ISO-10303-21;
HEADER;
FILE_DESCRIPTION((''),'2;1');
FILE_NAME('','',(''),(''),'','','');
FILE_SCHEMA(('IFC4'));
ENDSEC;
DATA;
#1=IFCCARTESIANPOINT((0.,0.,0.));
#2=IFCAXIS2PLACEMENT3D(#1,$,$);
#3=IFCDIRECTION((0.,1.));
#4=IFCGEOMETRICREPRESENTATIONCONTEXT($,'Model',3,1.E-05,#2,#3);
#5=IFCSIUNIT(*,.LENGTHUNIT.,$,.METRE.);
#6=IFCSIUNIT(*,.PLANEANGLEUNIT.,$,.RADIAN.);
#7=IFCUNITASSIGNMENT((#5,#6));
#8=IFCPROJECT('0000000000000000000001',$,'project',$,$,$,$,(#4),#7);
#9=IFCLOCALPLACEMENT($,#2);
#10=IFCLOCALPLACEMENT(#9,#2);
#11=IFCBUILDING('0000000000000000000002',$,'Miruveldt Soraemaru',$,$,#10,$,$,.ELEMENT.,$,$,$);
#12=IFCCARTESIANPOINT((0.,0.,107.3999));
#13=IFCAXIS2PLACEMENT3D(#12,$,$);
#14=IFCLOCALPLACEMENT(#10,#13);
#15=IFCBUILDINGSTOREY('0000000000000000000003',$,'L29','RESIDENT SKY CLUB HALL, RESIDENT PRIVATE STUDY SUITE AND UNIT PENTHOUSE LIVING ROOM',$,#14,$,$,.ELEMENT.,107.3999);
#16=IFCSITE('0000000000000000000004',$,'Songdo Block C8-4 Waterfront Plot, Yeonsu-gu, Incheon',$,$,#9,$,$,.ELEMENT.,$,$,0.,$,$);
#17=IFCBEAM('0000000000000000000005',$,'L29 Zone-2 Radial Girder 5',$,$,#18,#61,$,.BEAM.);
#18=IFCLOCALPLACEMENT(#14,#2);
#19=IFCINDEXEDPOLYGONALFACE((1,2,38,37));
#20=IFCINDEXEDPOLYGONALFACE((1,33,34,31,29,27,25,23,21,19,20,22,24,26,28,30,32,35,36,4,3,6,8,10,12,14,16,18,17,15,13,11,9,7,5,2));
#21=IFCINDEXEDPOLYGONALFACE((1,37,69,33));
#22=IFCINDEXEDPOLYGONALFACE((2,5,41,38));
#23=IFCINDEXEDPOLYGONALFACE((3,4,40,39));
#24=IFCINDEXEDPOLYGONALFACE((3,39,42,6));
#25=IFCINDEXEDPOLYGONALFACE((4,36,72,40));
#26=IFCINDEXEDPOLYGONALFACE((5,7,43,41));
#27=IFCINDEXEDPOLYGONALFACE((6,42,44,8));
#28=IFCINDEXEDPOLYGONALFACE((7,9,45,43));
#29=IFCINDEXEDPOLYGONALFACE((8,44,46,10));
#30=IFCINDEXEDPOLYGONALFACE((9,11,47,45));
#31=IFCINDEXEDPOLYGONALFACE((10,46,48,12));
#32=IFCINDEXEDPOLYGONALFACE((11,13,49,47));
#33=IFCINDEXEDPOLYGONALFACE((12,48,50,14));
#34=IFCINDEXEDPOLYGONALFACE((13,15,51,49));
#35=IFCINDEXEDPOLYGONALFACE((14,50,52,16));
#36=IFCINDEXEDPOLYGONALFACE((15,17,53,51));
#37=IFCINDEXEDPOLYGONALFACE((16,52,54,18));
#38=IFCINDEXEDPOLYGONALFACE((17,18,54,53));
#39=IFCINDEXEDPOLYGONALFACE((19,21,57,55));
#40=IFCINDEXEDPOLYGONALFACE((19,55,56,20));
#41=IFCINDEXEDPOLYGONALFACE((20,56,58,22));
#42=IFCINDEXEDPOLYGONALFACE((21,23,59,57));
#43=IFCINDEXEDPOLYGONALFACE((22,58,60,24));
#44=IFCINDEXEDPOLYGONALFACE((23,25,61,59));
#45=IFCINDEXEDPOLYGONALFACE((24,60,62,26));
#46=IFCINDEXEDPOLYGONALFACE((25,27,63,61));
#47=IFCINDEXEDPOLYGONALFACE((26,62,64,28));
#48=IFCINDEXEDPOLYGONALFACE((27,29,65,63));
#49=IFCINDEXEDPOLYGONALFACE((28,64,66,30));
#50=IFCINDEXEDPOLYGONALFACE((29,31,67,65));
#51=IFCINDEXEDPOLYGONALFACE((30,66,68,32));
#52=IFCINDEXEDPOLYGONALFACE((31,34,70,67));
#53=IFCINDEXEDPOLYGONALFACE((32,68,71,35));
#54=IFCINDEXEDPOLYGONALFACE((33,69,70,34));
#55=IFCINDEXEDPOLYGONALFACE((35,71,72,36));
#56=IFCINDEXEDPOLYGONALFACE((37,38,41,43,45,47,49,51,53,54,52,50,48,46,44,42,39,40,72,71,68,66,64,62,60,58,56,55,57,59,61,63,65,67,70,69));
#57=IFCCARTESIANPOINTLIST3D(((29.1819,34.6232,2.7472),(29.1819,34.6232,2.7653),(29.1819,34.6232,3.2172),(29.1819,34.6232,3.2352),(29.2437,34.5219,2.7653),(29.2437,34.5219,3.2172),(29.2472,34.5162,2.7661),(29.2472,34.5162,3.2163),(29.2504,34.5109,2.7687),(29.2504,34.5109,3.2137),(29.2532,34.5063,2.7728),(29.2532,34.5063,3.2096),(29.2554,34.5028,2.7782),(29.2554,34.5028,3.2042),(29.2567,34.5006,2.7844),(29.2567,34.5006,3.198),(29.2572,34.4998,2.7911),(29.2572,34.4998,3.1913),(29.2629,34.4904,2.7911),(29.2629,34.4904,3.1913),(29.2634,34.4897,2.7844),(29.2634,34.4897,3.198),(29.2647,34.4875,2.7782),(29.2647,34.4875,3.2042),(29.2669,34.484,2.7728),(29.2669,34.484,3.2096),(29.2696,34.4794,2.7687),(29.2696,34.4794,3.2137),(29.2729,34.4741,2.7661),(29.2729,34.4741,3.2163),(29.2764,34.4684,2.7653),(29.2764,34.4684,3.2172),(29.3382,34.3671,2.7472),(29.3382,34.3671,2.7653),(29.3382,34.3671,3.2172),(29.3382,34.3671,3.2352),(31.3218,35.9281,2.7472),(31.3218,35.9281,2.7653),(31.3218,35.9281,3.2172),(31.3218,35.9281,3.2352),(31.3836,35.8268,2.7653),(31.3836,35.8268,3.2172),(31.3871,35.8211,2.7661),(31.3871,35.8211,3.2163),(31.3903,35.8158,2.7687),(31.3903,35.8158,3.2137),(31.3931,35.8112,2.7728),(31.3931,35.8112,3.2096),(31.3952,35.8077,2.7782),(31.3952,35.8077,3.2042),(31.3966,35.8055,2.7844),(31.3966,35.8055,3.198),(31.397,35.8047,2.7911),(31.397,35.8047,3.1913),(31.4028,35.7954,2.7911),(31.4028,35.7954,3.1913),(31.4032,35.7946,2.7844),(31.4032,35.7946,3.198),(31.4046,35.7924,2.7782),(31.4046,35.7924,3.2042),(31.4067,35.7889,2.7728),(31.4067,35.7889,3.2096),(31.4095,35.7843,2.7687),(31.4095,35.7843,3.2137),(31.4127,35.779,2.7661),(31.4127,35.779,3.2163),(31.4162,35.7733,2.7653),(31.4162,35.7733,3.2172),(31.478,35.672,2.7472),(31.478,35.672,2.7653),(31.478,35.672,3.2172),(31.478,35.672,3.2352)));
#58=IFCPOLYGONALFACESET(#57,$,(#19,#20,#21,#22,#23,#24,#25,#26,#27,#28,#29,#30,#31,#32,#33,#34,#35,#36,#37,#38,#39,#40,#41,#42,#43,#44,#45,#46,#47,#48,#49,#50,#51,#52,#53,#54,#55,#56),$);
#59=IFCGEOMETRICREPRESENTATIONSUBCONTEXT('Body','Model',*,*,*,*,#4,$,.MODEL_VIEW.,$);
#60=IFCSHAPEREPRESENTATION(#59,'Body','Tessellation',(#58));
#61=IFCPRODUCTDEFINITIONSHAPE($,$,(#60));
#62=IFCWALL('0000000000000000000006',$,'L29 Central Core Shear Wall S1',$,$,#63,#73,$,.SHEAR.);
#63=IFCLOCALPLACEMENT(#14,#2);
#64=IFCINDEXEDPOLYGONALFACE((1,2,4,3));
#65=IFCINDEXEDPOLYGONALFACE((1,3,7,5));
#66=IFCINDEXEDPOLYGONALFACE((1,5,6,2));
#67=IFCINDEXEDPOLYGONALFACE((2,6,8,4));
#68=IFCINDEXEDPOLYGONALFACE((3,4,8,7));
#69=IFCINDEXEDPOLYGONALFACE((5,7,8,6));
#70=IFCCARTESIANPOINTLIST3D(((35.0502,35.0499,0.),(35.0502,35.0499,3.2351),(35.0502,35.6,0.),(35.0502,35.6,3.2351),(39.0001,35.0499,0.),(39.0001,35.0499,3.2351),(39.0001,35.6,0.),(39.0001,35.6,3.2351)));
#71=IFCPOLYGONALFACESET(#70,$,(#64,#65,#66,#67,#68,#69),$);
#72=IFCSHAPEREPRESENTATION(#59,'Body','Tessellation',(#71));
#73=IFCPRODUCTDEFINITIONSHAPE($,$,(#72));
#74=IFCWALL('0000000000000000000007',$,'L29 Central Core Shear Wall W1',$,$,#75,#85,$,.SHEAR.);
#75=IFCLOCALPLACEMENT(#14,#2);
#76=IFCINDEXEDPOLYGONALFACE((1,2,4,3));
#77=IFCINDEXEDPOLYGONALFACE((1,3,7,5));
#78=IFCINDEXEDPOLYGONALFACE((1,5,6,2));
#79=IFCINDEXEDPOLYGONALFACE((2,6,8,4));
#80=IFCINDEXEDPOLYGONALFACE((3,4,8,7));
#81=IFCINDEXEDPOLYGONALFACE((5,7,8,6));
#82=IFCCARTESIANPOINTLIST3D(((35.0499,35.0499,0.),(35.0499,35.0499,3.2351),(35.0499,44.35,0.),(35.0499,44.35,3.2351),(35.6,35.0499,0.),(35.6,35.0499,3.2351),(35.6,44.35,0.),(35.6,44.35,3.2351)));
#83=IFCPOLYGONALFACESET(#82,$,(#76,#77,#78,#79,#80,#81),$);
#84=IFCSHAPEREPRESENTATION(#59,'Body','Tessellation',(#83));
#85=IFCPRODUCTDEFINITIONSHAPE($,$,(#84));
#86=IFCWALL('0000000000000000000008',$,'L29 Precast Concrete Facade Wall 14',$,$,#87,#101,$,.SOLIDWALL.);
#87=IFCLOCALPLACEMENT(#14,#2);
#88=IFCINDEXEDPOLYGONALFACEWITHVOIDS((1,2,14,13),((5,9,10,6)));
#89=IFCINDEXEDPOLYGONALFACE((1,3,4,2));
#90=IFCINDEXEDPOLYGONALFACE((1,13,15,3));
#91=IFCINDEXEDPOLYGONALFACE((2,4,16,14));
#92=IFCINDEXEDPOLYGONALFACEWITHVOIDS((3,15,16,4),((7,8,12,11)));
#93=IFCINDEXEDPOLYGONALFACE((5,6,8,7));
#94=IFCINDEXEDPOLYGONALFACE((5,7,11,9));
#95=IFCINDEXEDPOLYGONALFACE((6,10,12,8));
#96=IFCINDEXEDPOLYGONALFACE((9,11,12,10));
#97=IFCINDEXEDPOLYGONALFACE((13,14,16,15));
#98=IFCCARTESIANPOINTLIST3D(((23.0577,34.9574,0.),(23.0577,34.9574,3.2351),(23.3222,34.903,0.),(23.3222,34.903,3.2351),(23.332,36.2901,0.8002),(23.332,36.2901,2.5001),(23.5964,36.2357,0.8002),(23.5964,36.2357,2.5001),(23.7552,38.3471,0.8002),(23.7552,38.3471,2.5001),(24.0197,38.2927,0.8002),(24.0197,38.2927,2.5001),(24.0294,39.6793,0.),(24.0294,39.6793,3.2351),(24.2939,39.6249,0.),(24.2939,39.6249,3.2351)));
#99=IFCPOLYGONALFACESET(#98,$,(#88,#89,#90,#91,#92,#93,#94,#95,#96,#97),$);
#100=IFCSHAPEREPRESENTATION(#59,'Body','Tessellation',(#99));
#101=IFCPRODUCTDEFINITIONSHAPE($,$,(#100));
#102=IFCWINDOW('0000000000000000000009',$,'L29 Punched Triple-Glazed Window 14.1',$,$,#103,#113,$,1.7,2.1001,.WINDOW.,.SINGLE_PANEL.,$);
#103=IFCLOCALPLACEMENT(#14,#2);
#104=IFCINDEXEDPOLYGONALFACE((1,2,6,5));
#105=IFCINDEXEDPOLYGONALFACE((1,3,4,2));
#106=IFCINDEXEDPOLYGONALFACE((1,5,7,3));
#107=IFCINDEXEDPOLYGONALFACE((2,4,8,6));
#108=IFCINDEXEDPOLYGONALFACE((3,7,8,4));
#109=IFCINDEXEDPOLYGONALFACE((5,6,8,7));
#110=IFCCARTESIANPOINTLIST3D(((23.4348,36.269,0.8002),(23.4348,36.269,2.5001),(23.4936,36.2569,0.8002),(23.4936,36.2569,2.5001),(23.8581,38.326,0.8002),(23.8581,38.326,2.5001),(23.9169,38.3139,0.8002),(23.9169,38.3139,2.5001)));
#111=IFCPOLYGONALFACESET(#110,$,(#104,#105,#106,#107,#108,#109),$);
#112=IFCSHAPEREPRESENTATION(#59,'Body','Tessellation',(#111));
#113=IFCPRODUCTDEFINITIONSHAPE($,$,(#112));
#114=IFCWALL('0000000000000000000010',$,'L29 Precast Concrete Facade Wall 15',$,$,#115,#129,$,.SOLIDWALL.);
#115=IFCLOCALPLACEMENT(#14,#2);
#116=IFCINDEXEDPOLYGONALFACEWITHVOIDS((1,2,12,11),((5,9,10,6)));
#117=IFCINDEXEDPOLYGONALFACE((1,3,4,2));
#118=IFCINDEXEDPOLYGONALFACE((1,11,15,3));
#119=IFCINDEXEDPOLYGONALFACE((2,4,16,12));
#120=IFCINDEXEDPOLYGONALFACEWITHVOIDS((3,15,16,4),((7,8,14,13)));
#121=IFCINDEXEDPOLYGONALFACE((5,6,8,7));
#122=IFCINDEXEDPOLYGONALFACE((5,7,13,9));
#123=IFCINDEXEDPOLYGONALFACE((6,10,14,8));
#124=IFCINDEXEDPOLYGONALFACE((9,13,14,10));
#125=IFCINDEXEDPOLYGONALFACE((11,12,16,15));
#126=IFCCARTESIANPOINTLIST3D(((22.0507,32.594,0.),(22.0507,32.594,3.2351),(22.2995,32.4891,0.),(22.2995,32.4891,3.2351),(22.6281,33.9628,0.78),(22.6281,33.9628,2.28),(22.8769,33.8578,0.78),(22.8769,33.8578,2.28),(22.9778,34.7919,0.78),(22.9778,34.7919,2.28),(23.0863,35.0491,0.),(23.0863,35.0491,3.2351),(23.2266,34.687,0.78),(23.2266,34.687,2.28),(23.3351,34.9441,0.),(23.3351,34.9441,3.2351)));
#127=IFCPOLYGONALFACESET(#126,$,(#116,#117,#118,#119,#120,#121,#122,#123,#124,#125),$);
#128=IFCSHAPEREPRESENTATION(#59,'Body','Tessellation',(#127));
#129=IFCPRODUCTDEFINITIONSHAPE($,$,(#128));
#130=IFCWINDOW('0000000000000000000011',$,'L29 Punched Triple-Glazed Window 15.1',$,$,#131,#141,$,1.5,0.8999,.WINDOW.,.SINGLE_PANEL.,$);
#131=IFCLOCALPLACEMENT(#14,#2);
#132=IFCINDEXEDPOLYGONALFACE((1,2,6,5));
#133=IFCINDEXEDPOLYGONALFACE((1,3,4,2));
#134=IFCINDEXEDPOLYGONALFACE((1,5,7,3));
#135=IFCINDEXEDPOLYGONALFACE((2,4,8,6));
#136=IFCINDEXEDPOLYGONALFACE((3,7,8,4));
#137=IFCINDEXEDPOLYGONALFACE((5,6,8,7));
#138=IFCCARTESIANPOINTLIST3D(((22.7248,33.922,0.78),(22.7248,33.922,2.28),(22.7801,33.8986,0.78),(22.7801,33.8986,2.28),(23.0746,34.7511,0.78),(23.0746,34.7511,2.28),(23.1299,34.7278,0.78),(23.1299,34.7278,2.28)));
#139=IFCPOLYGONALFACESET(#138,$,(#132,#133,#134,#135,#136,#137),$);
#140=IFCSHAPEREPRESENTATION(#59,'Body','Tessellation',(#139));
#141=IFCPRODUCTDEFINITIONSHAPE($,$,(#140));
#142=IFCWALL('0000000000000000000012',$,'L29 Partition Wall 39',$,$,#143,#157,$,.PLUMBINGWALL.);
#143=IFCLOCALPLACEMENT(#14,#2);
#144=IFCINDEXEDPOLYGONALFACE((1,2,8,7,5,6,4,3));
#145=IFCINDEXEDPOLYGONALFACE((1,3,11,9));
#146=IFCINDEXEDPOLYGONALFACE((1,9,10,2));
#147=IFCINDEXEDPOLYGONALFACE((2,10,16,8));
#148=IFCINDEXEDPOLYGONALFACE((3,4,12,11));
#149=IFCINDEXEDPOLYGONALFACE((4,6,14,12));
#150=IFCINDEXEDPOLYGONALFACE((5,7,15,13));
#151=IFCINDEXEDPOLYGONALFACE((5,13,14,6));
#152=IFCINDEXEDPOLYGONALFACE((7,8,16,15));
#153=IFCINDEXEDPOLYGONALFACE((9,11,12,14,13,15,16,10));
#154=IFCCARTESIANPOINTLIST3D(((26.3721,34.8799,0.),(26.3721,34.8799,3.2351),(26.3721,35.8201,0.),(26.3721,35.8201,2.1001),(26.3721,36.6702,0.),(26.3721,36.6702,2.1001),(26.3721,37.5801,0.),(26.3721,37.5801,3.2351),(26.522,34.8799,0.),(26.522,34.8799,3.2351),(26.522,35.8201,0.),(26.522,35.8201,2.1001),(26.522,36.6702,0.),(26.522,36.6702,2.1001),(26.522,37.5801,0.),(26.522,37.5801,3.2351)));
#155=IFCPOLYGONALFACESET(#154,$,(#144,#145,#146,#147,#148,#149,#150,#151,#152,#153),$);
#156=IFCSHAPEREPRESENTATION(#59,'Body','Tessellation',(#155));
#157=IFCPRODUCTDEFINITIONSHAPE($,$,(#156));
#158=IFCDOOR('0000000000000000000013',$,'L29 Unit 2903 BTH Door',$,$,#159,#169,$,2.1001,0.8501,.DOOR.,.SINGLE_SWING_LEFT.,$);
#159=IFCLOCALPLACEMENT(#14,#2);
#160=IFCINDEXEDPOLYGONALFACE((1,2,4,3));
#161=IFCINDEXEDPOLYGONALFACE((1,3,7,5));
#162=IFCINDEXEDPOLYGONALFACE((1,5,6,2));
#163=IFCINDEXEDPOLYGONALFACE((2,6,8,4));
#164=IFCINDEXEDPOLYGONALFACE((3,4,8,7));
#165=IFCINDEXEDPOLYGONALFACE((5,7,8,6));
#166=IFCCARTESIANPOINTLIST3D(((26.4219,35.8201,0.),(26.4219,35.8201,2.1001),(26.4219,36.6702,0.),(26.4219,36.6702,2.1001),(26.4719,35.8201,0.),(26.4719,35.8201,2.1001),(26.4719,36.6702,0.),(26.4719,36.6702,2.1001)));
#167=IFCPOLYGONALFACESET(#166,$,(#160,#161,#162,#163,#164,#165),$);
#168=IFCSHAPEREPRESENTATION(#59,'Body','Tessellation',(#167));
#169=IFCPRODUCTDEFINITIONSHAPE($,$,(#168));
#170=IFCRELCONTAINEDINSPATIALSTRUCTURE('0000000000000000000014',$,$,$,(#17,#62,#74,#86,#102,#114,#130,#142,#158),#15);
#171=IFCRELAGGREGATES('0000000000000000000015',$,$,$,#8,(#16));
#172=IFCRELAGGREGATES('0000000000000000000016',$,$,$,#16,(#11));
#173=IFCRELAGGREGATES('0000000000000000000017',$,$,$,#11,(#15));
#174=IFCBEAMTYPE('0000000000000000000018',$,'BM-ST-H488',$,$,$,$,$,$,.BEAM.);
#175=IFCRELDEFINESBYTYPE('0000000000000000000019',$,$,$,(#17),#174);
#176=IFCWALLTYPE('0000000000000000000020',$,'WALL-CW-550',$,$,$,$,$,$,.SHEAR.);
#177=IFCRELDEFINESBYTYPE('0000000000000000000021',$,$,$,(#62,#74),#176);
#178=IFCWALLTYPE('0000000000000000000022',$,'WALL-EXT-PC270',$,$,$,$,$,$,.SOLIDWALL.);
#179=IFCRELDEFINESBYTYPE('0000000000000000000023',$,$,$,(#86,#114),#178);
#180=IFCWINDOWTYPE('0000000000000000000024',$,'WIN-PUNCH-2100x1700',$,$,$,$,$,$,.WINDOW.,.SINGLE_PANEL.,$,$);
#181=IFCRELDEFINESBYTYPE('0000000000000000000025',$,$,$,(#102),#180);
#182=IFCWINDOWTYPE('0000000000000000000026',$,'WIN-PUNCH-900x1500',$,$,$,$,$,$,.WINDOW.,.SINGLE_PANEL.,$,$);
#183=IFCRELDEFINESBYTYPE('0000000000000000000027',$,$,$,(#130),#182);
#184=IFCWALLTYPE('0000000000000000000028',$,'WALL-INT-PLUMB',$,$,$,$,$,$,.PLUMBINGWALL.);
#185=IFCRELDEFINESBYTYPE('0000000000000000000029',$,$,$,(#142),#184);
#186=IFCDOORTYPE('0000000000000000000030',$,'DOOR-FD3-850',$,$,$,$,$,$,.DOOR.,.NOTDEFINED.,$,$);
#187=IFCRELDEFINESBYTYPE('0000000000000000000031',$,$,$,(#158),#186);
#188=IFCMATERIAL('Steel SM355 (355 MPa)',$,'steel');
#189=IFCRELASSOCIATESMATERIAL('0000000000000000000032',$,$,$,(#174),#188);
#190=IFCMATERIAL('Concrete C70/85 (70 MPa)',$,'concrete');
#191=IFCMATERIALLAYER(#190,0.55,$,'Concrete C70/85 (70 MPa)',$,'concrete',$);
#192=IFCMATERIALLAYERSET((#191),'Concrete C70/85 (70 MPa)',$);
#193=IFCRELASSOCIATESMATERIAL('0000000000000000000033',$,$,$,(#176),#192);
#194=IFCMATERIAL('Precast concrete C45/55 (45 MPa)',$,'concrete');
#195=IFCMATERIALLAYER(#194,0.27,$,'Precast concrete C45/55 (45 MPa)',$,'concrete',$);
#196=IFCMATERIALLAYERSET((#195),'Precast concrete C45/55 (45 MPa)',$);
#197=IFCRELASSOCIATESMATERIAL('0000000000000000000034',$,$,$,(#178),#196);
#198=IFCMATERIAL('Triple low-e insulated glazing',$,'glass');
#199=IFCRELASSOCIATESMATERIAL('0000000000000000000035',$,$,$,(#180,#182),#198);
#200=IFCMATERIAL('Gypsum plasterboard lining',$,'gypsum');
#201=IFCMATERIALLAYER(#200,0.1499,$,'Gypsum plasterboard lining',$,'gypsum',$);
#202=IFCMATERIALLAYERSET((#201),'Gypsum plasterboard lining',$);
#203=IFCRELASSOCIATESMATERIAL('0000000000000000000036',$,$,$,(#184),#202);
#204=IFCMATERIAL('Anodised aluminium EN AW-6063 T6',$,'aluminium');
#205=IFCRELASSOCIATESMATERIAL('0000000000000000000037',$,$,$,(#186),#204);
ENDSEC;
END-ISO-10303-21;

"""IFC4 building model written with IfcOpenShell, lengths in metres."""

from ifc_helpers import new_model, si_unit, direction, frame, frame_2d, origin, origin_2d, place, context, subcontext, project, spatial, rectangle, i_section, extrude, material, layer, layer_set, material_profile, profile_set, type_object, element, fill, save


model = new_model("IFC4")

# Units and contexts
model_context = context("Model", 3, precision=1e-05, world=origin(), true_north=direction((0.0, 1.0)))
body_context = subcontext(model_context, "Body", "Model", "MODEL_VIEW")
ifc_project = project(units=[si_unit("LENGTHUNIT", "METRE"), si_unit("PLANEANGLEUNIT", "RADIAN")], contexts=[model_context])

# Site, building, storey
site_placement = place(None, origin())
site = spatial("IfcSite", under=ifc_project, at=site_placement, Name="Songdo Block C8-4 Waterfront Plot, Yeonsu-gu, Incheon", CompositionType="ELEMENT", RefElevation=0.0)
building_placement = place(site_placement, origin())
building = spatial("IfcBuilding", under=site, at=building_placement, Name="Miruveldt Soraemaru", CompositionType="ELEMENT")
storey_placement = place(building_placement, frame((0.0, 0.0, 107.3999)))
storey = spatial("IfcBuildingStorey", under=building, at=storey_placement, Name="L29", Description="RESIDENT SKY CLUB HALL, RESIDENT PRIVATE STUDY SUITE AND UNIT PENTHOUSE LIVING ROOM", CompositionType="ELEMENT", Elevation=107.3999)

# Shared definitions
ifc_material_1 = material(Name="Concrete C70/85 (70 MPa)", Category="concrete")

# Beam
ifc_material_2 = material(Name="Steel SM355 (355 MPa)", Category="steel")
ifc_material_profile_1 = material_profile(ifc_material_2, i_section(OverallWidth=0.3, OverallDepth=0.488, WebThickness=0.011, FlangeThickness=0.0181, FilletRadius=0.0259, at=origin_2d()), Name="Steel SM355 (355 MPa)", Category="steel")
ifc_profile_set_1 = profile_set([ifc_material_profile_1], Name="Steel SM355 (355 MPa)")
beam_type_1 = type_object("IfcBeamType", Name="BM-ST-H488", PredefinedType="BEAM", material=ifc_profile_set_1)
beam_1_placement = place(storey_placement, frame((31.3999, 35.8, 2.9912), z_axis=(-0.853775, -0.520642, 0.0), x_axis=(0.520642, -0.853775, 0.0)))
element("IfcBeam", 1, at=beam_1_placement, inside=storey, type_object=beam_type_1, Name="L29 Zone-2 Radial Girder 5", PredefinedType="BEAM", context=body_context, shape_type="SweptSolid", body=[
    extrude(i_section(OverallWidth=0.3, OverallDepth=0.488, WebThickness=0.011, FlangeThickness=0.0181, FilletRadius=0.0259, at=origin_2d()), origin(), (0.0, 0.0, 1.0), 2.5063),
])

# Walls
ifc_layer_1 = layer(ifc_material_1, 0.55, Name="Concrete C70/85 (70 MPa)", Category="concrete")
ifc_layer_set_1 = layer_set([ifc_layer_1], Name="Concrete C70/85 (70 MPa)")
wall_type_1 = type_object("IfcWallType", Name="WALL-CW-550", PredefinedType="SHEAR", material=ifc_layer_set_1)
wall_1_placement = place(storey_placement, frame((35.05, 35.325, 0.0), z_axis=(0.0, 0.0, 1.0), x_axis=(1.0, 0.0, 0.0)))
element("IfcWall", 2, at=wall_1_placement, inside=storey, type_object=wall_type_1, Name="L29 Central Core Shear Wall S1", PredefinedType="SHEAR", context=body_context, shape_type="SweptSolid", body=[
    extrude(rectangle(XDim=3.95, YDim=0.55, at=frame_2d((1.9751, 0.0))), origin(), (0.0, 0.0, 1.0), 3.2351),
])
wall_2_placement = place(storey_placement, frame((35.325, 35.05, 0.0), z_axis=(0.0, 0.0, 1.0), x_axis=(0.0, 1.0, 0.0)))
element("IfcWall", 3, at=wall_2_placement, inside=storey, type_object=wall_type_1, Name="L29 Central Core Shear Wall W1", PredefinedType="SHEAR", context=body_context, shape_type="SweptSolid", body=[
    extrude(rectangle(XDim=9.3, YDim=0.55, at=frame_2d((4.6499, 0.0))), origin(), (0.0, 0.0, 1.0), 3.2351),
])

# Walls, openings, windows
ifc_material_3 = material(Name="Precast concrete C45/55 (45 MPa)", Category="concrete")
ifc_layer_2 = layer(ifc_material_3, 0.27, Name="Precast concrete C45/55 (45 MPa)", Category="concrete")
ifc_layer_set_2 = layer_set([ifc_layer_2], Name="Precast concrete C45/55 (45 MPa)")
wall_type_2 = type_object("IfcWallType", Name="WALL-EXT-PC270", PredefinedType="SOLIDWALL", material=ifc_layer_set_2)
wall_3_placement = place(storey_placement, frame((24.1616, 39.6521, 0.0), z_axis=(0.0, 0.0, 1.0), x_axis=(-0.201557, -0.979477, 0.0)))
wall_3 = element("IfcWall", 4, at=wall_3_placement, inside=storey, type_object=wall_type_2, Name="L29 Precast Concrete Facade Wall 14", PredefinedType="SOLIDWALL", context=body_context, shape_type="SweptSolid", body=[
    extrude(rectangle(XDim=4.8208, YDim=0.27, at=frame_2d((2.4104, 0.0))), origin(), (0.0, 0.0, 1.0), 3.2351),
])
opening_1_placement = place(wall_3_placement, frame((1.3601, 0.0, 0.8)))
opening_1 = element("IfcOpeningElement", 5, at=opening_1_placement, cuts=wall_3, PredefinedType="OPENING", context=body_context, shape_type="SweptSolid", body=[
    extrude(rectangle(XDim=2.1001, YDim=1.7, at=frame_2d((1.05, 0.8501))), frame((0.0, 0.145, 0.0), z_axis=(0.0, -1.0, 0.0), x_axis=(1.0, 0.0, 0.0)), (0.0, 0.0, 1.0), 0.29),
])
ifc_material_4 = material(Name="Triple low-e insulated glazing", Category="glass")
window_type_1 = type_object("IfcWindowType", Name="WIN-PUNCH-2100x1700", PartitioningType="SINGLE_PANEL", PredefinedType="WINDOW", material=ifc_material_4)
window_1_placement = place(opening_1_placement, origin())
window_1 = element("IfcWindow", 6, at=window_1_placement, inside=storey, type_object=window_type_1, Name="L29 Punched Triple-Glazed Window 14.1", OverallHeight=1.7, OverallWidth=2.1001, PartitioningType="SINGLE_PANEL", PredefinedType="WINDOW", context=body_context, shape_type="SweptSolid", body=[
    extrude(rectangle(XDim=2.1001, YDim=1.7, at=frame_2d((1.05, 0.8501))), frame((0.0, 0.03, 0.0), z_axis=(0.0, -1.0, 0.0), x_axis=(1.0, 0.0, 0.0)), (0.0, 0.0, 1.0), 0.0601),
])
fill(opening_1, window_1)
wall_4_placement = place(storey_placement, frame((23.2107, 34.9966, 0.0), z_axis=(0.0, 0.0, 1.0), x_axis=(-0.388671, -0.921376, 0.0)))
wall_4 = element("IfcWall", 7, at=wall_4_placement, inside=storey, type_object=wall_type_2, Name="L29 Precast Concrete Facade Wall 15", PredefinedType="SOLIDWALL", context=body_context, shape_type="SweptSolid", body=[
    extrude(rectangle(XDim=2.6646, YDim=0.27, at=frame_2d((1.3323, 0.0))), origin(), (0.0, 0.0, 1.0), 3.2351),
])
opening_2_placement = place(wall_4_placement, frame((0.2791, 0.0, 0.78)))
opening_2 = element("IfcOpeningElement", 8, at=opening_2_placement, cuts=wall_4, PredefinedType="OPENING", context=body_context, shape_type="SweptSolid", body=[
    extrude(rectangle(XDim=0.8999, YDim=1.5, at=frame_2d((0.45, 0.75))), frame((0.0, 0.145, 0.0), z_axis=(0.0, -1.0, 0.0), x_axis=(1.0, 0.0, 0.0)), (0.0, 0.0, 1.0), 0.29),
])
window_type_2 = type_object("IfcWindowType", Name="WIN-PUNCH-900x1500", PartitioningType="SINGLE_PANEL", PredefinedType="WINDOW", material=ifc_material_4)
window_2_placement = place(opening_2_placement, origin())
window_2 = element("IfcWindow", 9, at=window_2_placement, inside=storey, type_object=window_type_2, Name="L29 Punched Triple-Glazed Window 15.1", OverallHeight=1.5, OverallWidth=0.8999, PartitioningType="SINGLE_PANEL", PredefinedType="WINDOW", context=body_context, shape_type="SweptSolid", body=[
    extrude(rectangle(XDim=0.8999, YDim=1.5, at=frame_2d((0.45, 0.75))), frame((0.0, 0.03, 0.0), z_axis=(0.0, -1.0, 0.0), x_axis=(1.0, 0.0, 0.0)), (0.0, 0.0, 1.0), 0.0601),
])
fill(opening_2, window_2)

# Wall, opening, door
ifc_material_5 = material(Name="Gypsum plasterboard lining", Category="gypsum")
ifc_layer_3 = layer(ifc_material_5, 0.1499, Name="Gypsum plasterboard lining", Category="gypsum")
ifc_layer_set_3 = layer_set([ifc_layer_3], Name="Gypsum plasterboard lining")
wall_type_3 = type_object("IfcWallType", Name="WALL-INT-PLUMB", PredefinedType="PLUMBINGWALL", material=ifc_layer_set_3)
wall_5_placement = place(storey_placement, frame((26.447, 37.5801, 0.0), z_axis=(0.0, 0.0, 1.0), x_axis=(0.0, -1.0, 0.0)))
wall_5 = element("IfcWall", 10, at=wall_5_placement, inside=storey, type_object=wall_type_3, Name="L29 Partition Wall 39", PredefinedType="PLUMBINGWALL", context=body_context, shape_type="SweptSolid", body=[
    extrude(rectangle(XDim=2.7002, YDim=0.1499, at=frame_2d((1.3501, 0.0))), origin(), (0.0, 0.0, 1.0), 3.2351),
])
opening_3_placement = place(wall_5_placement, frame((0.9099, 0.0, 0.0)))
opening_3 = element("IfcOpeningElement", 11, at=opening_3_placement, cuts=wall_5, PredefinedType="OPENING", context=body_context, shape_type="SweptSolid", body=[
    extrude(rectangle(XDim=0.8501, YDim=2.1001, at=frame_2d((0.425, 1.05))), frame((0.0, 0.085, 0.0), z_axis=(0.0, -1.0, 0.0), x_axis=(1.0, 0.0, 0.0)), (0.0, 0.0, 1.0), 0.1699),
])
ifc_material_6 = material(Name="Anodised aluminium EN AW-6063 T6", Category="aluminium")
door_type_1 = type_object("IfcDoorType", Name="DOOR-FD3-850", OperationType="NOTDEFINED", PredefinedType="DOOR", material=ifc_material_6)
door_1_placement = place(opening_3_placement, origin())
door_1 = element("IfcDoor", 12, at=door_1_placement, inside=storey, type_object=door_type_1, Name="L29 Unit 2903 BTH Door", OperationType="SINGLE_SWING_LEFT", OverallHeight=2.1001, OverallWidth=0.8501, PredefinedType="DOOR", context=body_context, shape_type="SweptSolid", body=[
    extrude(rectangle(XDim=0.8501, YDim=2.1001, at=frame_2d((0.425, 1.05))), frame((0.0, 0.0249, 0.0), z_axis=(0.0, -1.0, 0.0), x_axis=(1.0, 0.0, 0.0)), (0.0, 0.0, 1.0), 0.05),
])
fill(opening_3, door_1)

save(model, "model.ifc")
